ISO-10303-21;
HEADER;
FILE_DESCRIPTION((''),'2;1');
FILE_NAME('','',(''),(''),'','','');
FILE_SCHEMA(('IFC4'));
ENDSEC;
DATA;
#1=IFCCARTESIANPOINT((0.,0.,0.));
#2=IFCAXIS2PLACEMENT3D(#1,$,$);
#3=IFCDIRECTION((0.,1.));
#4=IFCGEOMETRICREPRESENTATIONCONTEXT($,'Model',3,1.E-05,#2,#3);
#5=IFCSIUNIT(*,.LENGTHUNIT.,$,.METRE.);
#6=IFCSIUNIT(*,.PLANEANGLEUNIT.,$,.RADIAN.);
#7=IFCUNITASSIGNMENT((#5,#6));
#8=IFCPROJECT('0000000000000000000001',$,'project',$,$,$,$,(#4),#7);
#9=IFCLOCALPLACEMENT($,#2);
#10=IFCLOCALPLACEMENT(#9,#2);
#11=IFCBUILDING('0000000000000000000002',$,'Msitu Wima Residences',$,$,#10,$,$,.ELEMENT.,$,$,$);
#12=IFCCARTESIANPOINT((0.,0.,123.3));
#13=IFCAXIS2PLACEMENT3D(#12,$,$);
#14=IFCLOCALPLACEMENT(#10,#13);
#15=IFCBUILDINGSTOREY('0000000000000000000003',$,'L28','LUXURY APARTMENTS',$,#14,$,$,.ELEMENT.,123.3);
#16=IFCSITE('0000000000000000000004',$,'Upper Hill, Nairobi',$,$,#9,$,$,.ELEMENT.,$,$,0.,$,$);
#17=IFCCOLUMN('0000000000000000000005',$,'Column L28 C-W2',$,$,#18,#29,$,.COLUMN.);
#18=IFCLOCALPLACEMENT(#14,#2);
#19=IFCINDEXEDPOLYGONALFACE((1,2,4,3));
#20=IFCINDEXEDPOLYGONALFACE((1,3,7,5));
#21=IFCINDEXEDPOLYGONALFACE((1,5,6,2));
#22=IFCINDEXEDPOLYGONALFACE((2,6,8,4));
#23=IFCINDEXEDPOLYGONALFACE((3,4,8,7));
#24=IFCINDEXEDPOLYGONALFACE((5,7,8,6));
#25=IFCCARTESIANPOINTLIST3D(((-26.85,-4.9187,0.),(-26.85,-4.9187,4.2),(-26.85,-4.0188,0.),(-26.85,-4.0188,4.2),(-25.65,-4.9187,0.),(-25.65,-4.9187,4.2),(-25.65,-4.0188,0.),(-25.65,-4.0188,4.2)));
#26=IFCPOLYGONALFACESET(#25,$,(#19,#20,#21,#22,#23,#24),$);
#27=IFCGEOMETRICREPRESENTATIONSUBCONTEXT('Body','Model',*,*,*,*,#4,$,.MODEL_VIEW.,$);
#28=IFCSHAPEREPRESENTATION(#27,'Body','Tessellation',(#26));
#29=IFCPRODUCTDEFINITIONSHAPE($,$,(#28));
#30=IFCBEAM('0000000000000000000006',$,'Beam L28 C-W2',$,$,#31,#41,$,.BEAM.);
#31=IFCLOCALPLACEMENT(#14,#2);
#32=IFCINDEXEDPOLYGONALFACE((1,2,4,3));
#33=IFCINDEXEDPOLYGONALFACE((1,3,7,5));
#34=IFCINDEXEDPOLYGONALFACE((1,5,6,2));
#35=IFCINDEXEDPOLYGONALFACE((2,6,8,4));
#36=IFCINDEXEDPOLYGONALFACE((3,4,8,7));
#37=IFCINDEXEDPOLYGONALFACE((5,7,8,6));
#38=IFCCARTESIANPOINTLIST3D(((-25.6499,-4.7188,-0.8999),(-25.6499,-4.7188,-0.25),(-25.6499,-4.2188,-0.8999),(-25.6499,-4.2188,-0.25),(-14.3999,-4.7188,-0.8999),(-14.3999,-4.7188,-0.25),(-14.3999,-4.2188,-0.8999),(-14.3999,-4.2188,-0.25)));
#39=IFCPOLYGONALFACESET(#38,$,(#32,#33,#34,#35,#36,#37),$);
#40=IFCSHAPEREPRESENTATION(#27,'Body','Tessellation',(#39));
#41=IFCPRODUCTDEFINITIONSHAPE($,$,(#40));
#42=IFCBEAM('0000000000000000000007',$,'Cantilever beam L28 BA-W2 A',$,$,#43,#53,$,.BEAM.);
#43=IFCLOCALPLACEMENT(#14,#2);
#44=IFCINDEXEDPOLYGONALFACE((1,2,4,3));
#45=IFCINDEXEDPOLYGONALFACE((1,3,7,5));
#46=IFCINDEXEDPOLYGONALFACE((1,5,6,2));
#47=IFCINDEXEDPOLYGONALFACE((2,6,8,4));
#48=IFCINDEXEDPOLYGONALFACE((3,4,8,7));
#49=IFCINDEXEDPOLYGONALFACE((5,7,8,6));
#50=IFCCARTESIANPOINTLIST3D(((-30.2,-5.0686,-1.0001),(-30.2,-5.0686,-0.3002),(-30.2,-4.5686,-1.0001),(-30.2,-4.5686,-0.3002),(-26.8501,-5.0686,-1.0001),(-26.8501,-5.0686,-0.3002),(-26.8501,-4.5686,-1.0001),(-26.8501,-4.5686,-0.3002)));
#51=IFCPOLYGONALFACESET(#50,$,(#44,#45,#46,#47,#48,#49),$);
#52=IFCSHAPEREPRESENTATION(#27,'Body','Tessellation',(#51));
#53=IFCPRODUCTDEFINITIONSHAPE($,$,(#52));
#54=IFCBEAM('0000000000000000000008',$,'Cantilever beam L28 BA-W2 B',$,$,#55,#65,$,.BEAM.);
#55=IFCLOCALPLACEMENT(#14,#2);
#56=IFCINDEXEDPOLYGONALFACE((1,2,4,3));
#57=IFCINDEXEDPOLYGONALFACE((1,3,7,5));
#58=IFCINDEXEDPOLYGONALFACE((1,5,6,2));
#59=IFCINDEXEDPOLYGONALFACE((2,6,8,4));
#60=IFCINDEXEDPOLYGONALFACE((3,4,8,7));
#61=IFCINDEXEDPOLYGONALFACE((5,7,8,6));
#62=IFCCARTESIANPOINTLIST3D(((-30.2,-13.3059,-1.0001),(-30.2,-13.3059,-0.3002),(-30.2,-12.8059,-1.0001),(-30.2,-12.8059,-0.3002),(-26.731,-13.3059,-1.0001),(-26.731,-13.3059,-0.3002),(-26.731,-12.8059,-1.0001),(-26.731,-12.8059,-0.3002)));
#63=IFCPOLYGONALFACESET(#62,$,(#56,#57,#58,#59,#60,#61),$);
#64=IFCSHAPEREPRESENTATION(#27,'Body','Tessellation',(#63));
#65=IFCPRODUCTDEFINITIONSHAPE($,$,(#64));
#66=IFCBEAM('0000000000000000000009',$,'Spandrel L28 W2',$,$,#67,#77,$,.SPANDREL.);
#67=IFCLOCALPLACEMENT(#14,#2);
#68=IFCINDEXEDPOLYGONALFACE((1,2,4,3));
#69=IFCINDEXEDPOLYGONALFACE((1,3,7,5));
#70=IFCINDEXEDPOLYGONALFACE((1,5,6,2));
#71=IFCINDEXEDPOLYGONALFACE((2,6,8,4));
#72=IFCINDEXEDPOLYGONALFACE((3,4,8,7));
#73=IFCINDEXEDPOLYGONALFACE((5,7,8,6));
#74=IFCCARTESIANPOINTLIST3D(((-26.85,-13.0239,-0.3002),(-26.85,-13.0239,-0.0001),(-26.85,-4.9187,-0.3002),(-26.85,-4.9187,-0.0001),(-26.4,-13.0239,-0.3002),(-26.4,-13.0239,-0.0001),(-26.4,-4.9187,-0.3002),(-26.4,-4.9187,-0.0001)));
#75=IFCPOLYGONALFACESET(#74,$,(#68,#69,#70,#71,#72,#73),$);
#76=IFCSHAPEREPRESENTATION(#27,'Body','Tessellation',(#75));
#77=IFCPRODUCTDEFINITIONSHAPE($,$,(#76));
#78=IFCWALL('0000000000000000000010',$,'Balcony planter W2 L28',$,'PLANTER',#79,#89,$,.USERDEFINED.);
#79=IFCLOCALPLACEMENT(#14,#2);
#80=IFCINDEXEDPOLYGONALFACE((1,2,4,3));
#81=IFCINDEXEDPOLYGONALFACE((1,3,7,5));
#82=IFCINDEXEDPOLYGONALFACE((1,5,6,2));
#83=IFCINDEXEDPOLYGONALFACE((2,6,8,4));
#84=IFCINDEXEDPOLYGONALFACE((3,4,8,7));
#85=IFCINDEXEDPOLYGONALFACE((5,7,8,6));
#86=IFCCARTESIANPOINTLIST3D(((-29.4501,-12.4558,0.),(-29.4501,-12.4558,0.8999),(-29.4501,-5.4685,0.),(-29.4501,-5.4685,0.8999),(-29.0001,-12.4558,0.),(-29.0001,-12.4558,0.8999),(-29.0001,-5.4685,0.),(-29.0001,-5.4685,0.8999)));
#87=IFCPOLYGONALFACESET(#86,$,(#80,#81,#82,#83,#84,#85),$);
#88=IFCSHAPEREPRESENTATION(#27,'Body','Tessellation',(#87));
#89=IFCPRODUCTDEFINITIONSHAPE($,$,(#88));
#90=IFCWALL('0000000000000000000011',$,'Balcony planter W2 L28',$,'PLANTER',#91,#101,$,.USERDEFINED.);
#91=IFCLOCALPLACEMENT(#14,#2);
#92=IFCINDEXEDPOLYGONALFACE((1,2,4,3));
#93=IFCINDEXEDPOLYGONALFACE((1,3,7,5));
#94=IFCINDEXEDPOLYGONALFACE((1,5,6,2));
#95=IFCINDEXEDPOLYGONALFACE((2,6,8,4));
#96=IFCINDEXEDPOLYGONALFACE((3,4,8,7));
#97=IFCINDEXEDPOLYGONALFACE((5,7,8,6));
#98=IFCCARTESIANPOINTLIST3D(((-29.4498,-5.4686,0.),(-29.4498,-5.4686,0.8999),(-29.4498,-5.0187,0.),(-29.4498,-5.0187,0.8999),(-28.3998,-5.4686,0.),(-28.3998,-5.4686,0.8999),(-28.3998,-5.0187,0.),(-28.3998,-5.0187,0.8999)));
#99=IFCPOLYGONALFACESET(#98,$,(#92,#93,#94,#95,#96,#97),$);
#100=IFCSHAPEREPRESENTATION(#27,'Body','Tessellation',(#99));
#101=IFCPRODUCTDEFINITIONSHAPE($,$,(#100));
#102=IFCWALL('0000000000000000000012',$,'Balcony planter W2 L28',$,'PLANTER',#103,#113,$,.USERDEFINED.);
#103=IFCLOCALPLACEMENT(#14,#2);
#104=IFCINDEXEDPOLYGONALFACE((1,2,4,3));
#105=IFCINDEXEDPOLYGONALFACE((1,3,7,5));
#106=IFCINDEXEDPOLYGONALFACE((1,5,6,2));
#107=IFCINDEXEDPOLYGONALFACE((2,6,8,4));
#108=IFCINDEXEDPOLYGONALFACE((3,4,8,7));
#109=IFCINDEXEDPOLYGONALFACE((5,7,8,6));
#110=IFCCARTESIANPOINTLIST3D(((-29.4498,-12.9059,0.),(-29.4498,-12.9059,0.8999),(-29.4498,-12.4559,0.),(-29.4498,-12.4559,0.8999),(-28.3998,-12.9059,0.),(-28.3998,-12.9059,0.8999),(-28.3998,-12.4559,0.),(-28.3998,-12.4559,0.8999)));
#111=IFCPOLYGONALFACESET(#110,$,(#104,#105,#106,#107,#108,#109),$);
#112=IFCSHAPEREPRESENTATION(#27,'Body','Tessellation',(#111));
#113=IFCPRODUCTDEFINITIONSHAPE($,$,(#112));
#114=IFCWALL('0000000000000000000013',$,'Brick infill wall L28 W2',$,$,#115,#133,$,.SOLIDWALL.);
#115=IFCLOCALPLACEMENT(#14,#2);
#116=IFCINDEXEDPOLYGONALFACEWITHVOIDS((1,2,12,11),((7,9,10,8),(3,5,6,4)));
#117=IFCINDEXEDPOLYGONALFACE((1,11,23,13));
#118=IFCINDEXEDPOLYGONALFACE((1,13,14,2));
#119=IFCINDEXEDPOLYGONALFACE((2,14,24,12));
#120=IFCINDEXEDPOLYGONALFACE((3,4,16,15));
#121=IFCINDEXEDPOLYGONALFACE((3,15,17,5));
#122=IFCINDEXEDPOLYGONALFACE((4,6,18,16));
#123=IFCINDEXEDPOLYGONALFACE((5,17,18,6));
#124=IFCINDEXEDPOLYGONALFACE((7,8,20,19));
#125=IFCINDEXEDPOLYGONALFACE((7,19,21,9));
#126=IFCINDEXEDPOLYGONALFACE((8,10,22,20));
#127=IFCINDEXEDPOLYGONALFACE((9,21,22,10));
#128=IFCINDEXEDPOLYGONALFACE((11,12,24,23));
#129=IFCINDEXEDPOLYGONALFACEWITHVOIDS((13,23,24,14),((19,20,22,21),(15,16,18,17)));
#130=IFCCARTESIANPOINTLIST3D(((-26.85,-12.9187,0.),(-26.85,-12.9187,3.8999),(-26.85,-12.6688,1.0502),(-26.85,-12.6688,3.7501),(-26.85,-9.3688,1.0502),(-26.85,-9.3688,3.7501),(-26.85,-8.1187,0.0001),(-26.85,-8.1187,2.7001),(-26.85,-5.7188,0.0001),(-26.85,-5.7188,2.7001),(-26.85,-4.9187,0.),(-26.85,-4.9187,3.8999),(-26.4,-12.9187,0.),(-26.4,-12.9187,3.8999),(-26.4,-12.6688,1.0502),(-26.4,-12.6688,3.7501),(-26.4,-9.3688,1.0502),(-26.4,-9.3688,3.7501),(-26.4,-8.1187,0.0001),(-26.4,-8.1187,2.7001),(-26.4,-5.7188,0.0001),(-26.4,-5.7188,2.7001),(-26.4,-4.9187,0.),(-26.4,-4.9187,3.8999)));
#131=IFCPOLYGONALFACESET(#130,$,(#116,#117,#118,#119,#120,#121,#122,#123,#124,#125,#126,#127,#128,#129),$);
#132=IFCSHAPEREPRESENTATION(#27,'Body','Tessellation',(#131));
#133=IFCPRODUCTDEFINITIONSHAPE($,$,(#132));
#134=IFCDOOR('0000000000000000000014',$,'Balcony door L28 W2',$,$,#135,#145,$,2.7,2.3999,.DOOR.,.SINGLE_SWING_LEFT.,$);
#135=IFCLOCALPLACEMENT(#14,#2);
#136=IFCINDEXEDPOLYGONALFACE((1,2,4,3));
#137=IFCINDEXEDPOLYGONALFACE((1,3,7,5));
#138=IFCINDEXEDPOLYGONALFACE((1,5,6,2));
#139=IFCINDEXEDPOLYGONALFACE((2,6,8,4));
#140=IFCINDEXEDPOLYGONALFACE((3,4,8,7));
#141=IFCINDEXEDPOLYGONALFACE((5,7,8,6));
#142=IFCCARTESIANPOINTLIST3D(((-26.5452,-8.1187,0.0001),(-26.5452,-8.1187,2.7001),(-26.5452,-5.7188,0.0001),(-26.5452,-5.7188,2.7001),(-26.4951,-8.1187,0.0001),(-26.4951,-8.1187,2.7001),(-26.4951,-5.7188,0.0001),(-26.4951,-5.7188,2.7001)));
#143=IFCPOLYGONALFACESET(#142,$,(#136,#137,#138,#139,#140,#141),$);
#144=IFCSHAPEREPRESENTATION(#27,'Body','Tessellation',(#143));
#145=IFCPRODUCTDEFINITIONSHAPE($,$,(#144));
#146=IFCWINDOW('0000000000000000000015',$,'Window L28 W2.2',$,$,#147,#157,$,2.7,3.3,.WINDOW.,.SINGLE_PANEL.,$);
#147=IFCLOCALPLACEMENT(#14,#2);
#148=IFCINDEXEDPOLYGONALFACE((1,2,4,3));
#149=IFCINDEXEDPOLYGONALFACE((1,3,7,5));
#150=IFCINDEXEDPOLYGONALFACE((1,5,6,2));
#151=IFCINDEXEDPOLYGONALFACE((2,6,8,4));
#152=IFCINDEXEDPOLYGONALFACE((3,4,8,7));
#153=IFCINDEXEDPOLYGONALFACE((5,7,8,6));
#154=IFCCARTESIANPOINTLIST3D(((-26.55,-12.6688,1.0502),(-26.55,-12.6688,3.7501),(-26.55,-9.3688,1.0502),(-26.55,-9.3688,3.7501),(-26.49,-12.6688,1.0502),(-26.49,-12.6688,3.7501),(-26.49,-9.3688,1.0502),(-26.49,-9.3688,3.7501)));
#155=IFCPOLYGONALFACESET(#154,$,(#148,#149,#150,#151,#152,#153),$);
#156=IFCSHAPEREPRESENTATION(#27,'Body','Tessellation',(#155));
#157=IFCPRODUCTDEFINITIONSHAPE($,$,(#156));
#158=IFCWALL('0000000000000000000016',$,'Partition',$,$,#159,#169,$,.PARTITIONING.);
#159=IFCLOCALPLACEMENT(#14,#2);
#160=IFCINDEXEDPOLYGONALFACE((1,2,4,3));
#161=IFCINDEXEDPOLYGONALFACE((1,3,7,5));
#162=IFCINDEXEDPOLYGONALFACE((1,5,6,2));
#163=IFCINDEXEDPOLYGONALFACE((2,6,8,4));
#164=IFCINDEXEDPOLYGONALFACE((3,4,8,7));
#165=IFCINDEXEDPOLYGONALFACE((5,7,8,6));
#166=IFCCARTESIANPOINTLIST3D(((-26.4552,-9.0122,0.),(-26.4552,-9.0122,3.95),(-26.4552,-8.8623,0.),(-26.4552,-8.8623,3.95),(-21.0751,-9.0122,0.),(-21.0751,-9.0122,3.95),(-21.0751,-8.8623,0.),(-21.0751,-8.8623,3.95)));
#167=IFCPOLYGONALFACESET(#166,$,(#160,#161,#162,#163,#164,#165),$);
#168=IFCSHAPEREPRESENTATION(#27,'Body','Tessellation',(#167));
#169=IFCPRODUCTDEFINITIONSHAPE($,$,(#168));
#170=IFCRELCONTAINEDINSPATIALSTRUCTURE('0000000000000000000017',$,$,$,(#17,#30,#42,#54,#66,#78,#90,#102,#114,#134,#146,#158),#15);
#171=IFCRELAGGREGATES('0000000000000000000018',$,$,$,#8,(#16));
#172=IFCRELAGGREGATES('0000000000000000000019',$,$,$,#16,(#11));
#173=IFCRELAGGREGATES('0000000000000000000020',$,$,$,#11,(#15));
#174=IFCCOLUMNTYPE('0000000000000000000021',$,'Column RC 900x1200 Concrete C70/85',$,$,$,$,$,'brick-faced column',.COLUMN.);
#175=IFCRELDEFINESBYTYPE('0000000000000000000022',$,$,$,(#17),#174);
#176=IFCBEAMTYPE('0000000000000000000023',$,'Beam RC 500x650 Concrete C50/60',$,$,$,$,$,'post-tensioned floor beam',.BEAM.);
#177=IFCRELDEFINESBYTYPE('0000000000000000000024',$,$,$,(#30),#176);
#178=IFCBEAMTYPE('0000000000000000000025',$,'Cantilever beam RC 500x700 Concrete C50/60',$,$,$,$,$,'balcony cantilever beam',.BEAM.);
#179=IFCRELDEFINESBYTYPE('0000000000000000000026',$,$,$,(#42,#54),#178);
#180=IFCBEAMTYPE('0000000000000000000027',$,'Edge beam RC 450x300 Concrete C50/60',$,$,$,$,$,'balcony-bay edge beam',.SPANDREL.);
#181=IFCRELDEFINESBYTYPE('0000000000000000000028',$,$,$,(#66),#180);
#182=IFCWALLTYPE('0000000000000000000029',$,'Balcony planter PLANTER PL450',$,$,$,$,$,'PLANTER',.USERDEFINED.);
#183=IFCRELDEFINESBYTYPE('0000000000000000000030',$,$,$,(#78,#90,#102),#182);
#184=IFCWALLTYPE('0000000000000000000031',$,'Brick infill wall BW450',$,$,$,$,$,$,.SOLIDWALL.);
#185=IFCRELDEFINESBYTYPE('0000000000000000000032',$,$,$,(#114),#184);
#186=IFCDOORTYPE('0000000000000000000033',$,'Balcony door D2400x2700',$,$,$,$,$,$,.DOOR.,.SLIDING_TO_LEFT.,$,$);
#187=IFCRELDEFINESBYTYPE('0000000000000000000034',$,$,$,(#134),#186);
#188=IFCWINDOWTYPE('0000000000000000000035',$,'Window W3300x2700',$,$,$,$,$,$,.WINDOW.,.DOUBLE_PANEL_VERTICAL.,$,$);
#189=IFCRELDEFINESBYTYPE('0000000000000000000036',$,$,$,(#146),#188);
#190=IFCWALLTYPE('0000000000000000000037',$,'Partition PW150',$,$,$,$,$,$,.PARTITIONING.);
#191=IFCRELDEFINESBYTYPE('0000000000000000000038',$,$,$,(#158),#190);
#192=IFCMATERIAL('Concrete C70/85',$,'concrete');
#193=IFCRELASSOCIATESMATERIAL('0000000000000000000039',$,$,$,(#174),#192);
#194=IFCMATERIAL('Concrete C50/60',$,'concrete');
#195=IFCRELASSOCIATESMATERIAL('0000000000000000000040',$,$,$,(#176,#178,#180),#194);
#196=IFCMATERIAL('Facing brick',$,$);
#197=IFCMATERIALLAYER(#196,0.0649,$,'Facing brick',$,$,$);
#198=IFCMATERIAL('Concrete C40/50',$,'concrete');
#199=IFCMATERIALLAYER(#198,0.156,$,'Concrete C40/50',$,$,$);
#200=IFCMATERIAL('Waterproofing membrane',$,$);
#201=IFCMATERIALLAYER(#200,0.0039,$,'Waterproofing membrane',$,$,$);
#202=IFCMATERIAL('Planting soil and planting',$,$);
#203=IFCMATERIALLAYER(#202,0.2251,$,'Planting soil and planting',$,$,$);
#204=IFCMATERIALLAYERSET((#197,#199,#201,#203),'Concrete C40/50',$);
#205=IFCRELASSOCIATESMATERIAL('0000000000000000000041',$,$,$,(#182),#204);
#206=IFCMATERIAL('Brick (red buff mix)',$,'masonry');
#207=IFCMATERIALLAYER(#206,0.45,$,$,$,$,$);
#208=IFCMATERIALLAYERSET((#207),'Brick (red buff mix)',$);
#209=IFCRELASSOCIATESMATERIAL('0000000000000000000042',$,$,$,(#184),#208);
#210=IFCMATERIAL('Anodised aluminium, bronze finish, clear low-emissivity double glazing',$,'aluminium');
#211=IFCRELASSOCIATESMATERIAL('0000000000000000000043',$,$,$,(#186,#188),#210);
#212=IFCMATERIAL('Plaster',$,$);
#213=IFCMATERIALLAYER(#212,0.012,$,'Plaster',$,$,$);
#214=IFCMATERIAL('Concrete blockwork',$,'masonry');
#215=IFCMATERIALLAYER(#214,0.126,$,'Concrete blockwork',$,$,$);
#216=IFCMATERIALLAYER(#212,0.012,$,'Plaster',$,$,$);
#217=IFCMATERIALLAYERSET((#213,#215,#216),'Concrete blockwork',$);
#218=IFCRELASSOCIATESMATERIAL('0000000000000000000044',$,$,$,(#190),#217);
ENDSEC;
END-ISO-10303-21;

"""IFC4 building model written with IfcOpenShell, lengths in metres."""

from ifc_helpers import new_model, si_unit, direction, frame, frame_2d, origin, origin_2d, place, context, subcontext, project, spatial, rectangle, extrude, material, layer, layer_set, material_profile, profile_set, type_object, element, fill, save


model = new_model("IFC4")

# Units and contexts
model_context = context("Model", 3, precision=1e-05, world=origin(), true_north=direction((0.0, 1.0)))
body_context = subcontext(model_context, "Body", "Model", "MODEL_VIEW")
ifc_project = project(units=[si_unit("LENGTHUNIT", "METRE"), si_unit("PLANEANGLEUNIT", "RADIAN")], contexts=[model_context])

# Site, building, storey
site_placement = place(None, origin())
site = spatial("IfcSite", under=ifc_project, at=site_placement, Name="Upper Hill, Nairobi", CompositionType="ELEMENT", RefElevation=0.0)
building_placement = place(site_placement, origin())
building = spatial("IfcBuilding", under=site, at=building_placement, Name="Msitu Wima Residences", CompositionType="ELEMENT")
storey_placement = place(building_placement, frame((0.0, 0.0, 123.3)))
storey = spatial("IfcBuildingStorey", under=building, at=storey_placement, Name="L28", Description="LUXURY APARTMENTS", CompositionType="ELEMENT", Elevation=123.3)

# Column
ifc_material_1 = material(Name="Concrete C70/85", Category="concrete")
ifc_material_profile_1 = material_profile(ifc_material_1, rectangle(XDim=0.8999, YDim=1.2, at=origin_2d()), Name="RC 900x1200")
ifc_profile_set_1 = profile_set([ifc_material_profile_1], Name="Concrete C70/85")
column_type = type_object("IfcColumnType", Name="Column RC 900x1200 Concrete C70/85", ElementType="brick-faced column", PredefinedType="COLUMN", material=ifc_profile_set_1)
column_placement = place(storey_placement, frame((-26.25, -4.4688, 0.0), z_axis=(0.0, 0.0, 1.0), x_axis=(0.0, -1.0, 0.0)))
element("IfcColumn", 1, at=column_placement, inside=storey, type_object=column_type, Name="Column L28 C-W2", PredefinedType="COLUMN", context=body_context, shape_type="SweptSolid", body=[
    extrude(rectangle(XDim=0.8999, YDim=1.2, at=origin_2d()), origin(), (0.0, 0.0, 1.0), 4.2),
])

# Beams
ifc_material_2 = material(Name="Concrete C50/60", Category="concrete")
ifc_material_profile_2 = material_profile(ifc_material_2, rectangle(XDim=0.5, YDim=0.6499, at=origin_2d()), Name="RC 500x650")
ifc_profile_set_2 = profile_set([ifc_material_profile_2], Name="Concrete C50/60")
beam_type_1 = type_object("IfcBeamType", Name="Beam RC 500x650 Concrete C50/60", ElementType="post-tensioned floor beam", PredefinedType="BEAM", material=ifc_profile_set_2)
beam_1_placement = place(storey_placement, frame((-25.6499, -4.4688, -0.575), z_axis=(1.0, 0.0, 0.0), x_axis=(0.0, 1.0, 0.0)))
element("IfcBeam", 2, at=beam_1_placement, inside=storey, type_object=beam_type_1, Name="Beam L28 C-W2", PredefinedType="BEAM", context=body_context, shape_type="SweptSolid", body=[
    extrude(rectangle(XDim=0.5, YDim=0.6499, at=origin_2d()), origin(), (0.0, 0.0, 1.0), 11.25),
])
ifc_material_profile_3 = material_profile(ifc_material_2, rectangle(XDim=0.5, YDim=0.7, at=origin_2d()), Name="RC 500x700")
ifc_profile_set_3 = profile_set([ifc_material_profile_3], Name="Concrete C50/60")
beam_type_2 = type_object("IfcBeamType", Name="Cantilever beam RC 500x700 Concrete C50/60", ElementType="balcony cantilever beam", PredefinedType="BEAM", material=ifc_profile_set_3)
beam_2_placement = place(storey_placement, frame((-26.8501, -4.8186, -0.6501), z_axis=(-1.0, 0.0, 0.0), x_axis=(0.0, -1.0, 0.0)))
element("IfcBeam", 3, at=beam_2_placement, inside=storey, type_object=beam_type_2, Name="Cantilever beam L28 BA-W2 A", PredefinedType="BEAM", context=body_context, shape_type="SweptSolid", body=[
    extrude(rectangle(XDim=0.5, YDim=0.7, at=origin_2d()), origin(), (0.0, 0.0, 1.0), 3.3499),
])
beam_3_placement = place(storey_placement, frame((-26.731, -13.0559, -0.6501), z_axis=(-1.0, 0.0, 0.0), x_axis=(0.0, -1.0, 0.0)))
element("IfcBeam", 4, at=beam_3_placement, inside=storey, type_object=beam_type_2, Name="Cantilever beam L28 BA-W2 B", PredefinedType="BEAM", context=body_context, shape_type="SweptSolid", body=[
    extrude(rectangle(XDim=0.5, YDim=0.7, at=origin_2d()), origin(), (0.0, 0.0, 1.0), 3.469),
])
ifc_material_profile_4 = material_profile(ifc_material_2, rectangle(XDim=0.45, YDim=0.3, at=origin_2d()), Name="RC 450x300")
ifc_profile_set_4 = profile_set([ifc_material_profile_4], Name="Concrete C50/60")
beam_type_3 = type_object("IfcBeamType", Name="Edge beam RC 450x300 Concrete C50/60", ElementType="balcony-bay edge beam", PredefinedType="SPANDREL", material=ifc_profile_set_4)
beam_4_placement = place(storey_placement, frame((-26.625, -4.9187, -0.1501), z_axis=(0.0, -1.0, 0.0), x_axis=(1.0, 0.0, 0.0)))
element("IfcBeam", 5, at=beam_4_placement, inside=storey, type_object=beam_type_3, Name="Spandrel L28 W2", PredefinedType="SPANDREL", context=body_context, shape_type="SweptSolid", body=[
    extrude(rectangle(XDim=0.45, YDim=0.3, at=origin_2d()), origin(), (0.0, 0.0, 1.0), 8.1052),
])

# Walls
ifc_material_3 = material(Name="Facing brick")
ifc_layer_1 = layer(ifc_material_3, 0.0649, Name="Facing brick")
ifc_material_4 = material(Name="Concrete C40/50", Category="concrete")
ifc_layer_2 = layer(ifc_material_4, 0.156, Name="Concrete C40/50")
ifc_material_5 = material(Name="Waterproofing membrane")
ifc_layer_3 = layer(ifc_material_5, 0.0039, Name="Waterproofing membrane")
ifc_material_6 = material(Name="Planting soil and planting")
ifc_layer_4 = layer(ifc_material_6, 0.2251, Name="Planting soil and planting")
ifc_layer_set_1 = layer_set([ifc_layer_1, ifc_layer_2, ifc_layer_3, ifc_layer_4], Name="Concrete C40/50")
wall_type_1 = type_object("IfcWallType", Name="Balcony planter PLANTER PL450", ElementType="PLANTER", PredefinedType="USERDEFINED", material=ifc_layer_set_1)
wall_1_placement = place(storey_placement, frame((-29.2251, -5.4685, 0.0), z_axis=(0.0, 0.0, 1.0), x_axis=(0.0, -1.0, 0.0)))
element("IfcWall", 6, at=wall_1_placement, inside=storey, type_object=wall_type_1, Name="Balcony planter W2 L28", ObjectType="PLANTER", PredefinedType="USERDEFINED", context=body_context, shape_type="SweptSolid", body=[
    extrude(rectangle(XDim=6.9873, YDim=0.45, at=frame_2d((3.4937, 0.0))), origin(), (0.0, 0.0, 1.0), 0.8999),
])
for number, where, z_axis, x_axis, name in (
    (7, (-28.3999, -5.2437, 0.0), (0.0, 0.0, 1.0), (-1.0, 0.0, 0.0), "Balcony planter W2 L28"),
    (8, (-28.3999, -12.6809, 0.0), (0.0, 0.0, 1.0), (-1.0, 0.0, 0.0), "Balcony planter W2 L28"),
):
    element("IfcWall", number, at=place(storey_placement, frame(where, z_axis=z_axis, x_axis=x_axis)), inside=storey, type_object=wall_type_1, Name=name, ObjectType="PLANTER", PredefinedType="USERDEFINED", context=body_context, shape_type="SweptSolid", body=[
        extrude(rectangle(XDim=1.05, YDim=0.45, at=frame_2d((0.5249, 0.0))), origin(), (0.0, 0.0, 1.0), 0.8999),
    ])

# Wall, openings, door, window
ifc_material_7 = material(Name="Brick (red buff mix)", Category="masonry")
ifc_layer_5 = layer(ifc_material_7, 0.45)
ifc_layer_set_2 = layer_set([ifc_layer_5], Name="Brick (red buff mix)")
wall_type_2 = type_object("IfcWallType", Name="Brick infill wall BW450", PredefinedType="SOLIDWALL", material=ifc_layer_set_2)
wall_2_placement = place(storey_placement, frame((-26.625, -4.9187, 0.0), z_axis=(0.0, 0.0, 1.0), x_axis=(0.0, -1.0, 0.0)))
wall_2 = element("IfcWall", 9, at=wall_2_placement, inside=storey, type_object=wall_type_2, Name="Brick infill wall L28 W2", PredefinedType="SOLIDWALL", context=body_context, shape_type="SweptSolid", body=[
    extrude(rectangle(XDim=8.0, YDim=0.45, at=frame_2d((4.0, 0.0))), origin(), (0.0, 0.0, 1.0), 3.8999),
])
opening_1_placement = place(wall_2_placement, frame((0.8, 0.0, 0.0)))
opening_1 = element("IfcOpeningElement", 10, at=opening_1_placement, cuts=wall_2, PredefinedType="OPENING", context=body_context, shape_type="SweptSolid", body=[
    extrude(rectangle(XDim=2.3999, YDim=2.7, at=frame_2d((1.2, 1.3501))), frame((0.0, 0.2349, 0.0), z_axis=(0.0, -1.0, 0.0), x_axis=(1.0, 0.0, 0.0)), (0.0, 0.0, 1.0), 0.47),
])
opening_2_placement = place(wall_2_placement, frame((4.4502, 0.0, 1.05)))
opening_2 = element("IfcOpeningElement", 11, at=opening_2_placement, cuts=wall_2, PredefinedType="OPENING", context=body_context, shape_type="SweptSolid", body=[
    extrude(rectangle(XDim=3.3, YDim=2.7, at=frame_2d((1.6499, 1.3501))), frame((0.0, 0.2349, 0.0), z_axis=(0.0, -1.0, 0.0), x_axis=(1.0, 0.0, 0.0)), (0.0, 0.0, 1.0), 0.47),
])
ifc_material_8 = material(Name="Anodised aluminium, bronze finish, clear low-emissivity double glazing", Category="aluminium")
door_type = type_object("IfcDoorType", Name="Balcony door D2400x2700", OperationType="SLIDING_TO_LEFT", PredefinedType="DOOR", material=ifc_material_8)
door_placement = place(opening_1_placement, origin())
door = element("IfcDoor", 12, at=door_placement, inside=storey, type_object=door_type, Name="Balcony door L28 W2", OperationType="SINGLE_SWING_LEFT", OverallHeight=2.7, OverallWidth=2.3999, PredefinedType="DOOR", context=body_context, shape_type="SweptSolid", body=[
    extrude(rectangle(XDim=2.3999, YDim=2.7, at=frame_2d((1.2, 1.3501))), frame((0.0, 0.1299, 0.0), z_axis=(0.0, -1.0, 0.0), x_axis=(1.0, 0.0, 0.0)), (0.0, 0.0, 1.0), 0.05),
])
fill(opening_1, door)
window_type = type_object("IfcWindowType", Name="Window W3300x2700", PartitioningType="DOUBLE_PANEL_VERTICAL", PredefinedType="WINDOW", material=ifc_material_8)
window_placement = place(opening_2_placement, origin())
window = element("IfcWindow", 13, at=window_placement, inside=storey, type_object=window_type, Name="Window L28 W2.2", OverallHeight=2.7, OverallWidth=3.3, PartitioningType="SINGLE_PANEL", PredefinedType="WINDOW", context=body_context, shape_type="SweptSolid", body=[
    extrude(rectangle(XDim=3.3, YDim=2.7, at=frame_2d((1.6499, 1.3501))), frame((0.0, 0.135, 0.0), z_axis=(0.0, -1.0, 0.0), x_axis=(1.0, 0.0, 0.0)), (0.0, 0.0, 1.0), 0.0601),
])
fill(opening_2, window)

# Wall
ifc_material_9 = material(Name="Plaster")
ifc_layer_6 = layer(ifc_material_9, 0.012, Name="Plaster")
ifc_material_10 = material(Name="Concrete blockwork", Category="masonry")
ifc_layer_7 = layer(ifc_material_10, 0.126, Name="Concrete blockwork")
ifc_layer_8 = layer(ifc_material_9, 0.012, Name="Plaster")
ifc_layer_set_3 = layer_set([ifc_layer_6, ifc_layer_7, ifc_layer_8], Name="Concrete blockwork")
wall_type_3 = type_object("IfcWallType", Name="Partition PW150", PredefinedType="PARTITIONING", material=ifc_layer_set_3)
wall_3_placement = place(storey_placement, frame((-26.4551, -8.9373, 0.0), z_axis=(0.0, 0.0, 1.0), x_axis=(1.0, 0.0, 0.0)))
element("IfcWall", 14, at=wall_3_placement, inside=storey, type_object=wall_type_3, Name="Partition", PredefinedType="PARTITIONING", context=body_context, shape_type="SweptSolid", body=[
    extrude(rectangle(XDim=5.3801, YDim=0.1499, at=frame_2d((2.6899, 0.0))), origin(), (0.0, 0.0, 1.0), 3.95),
])

save(model, "model.ifc")
